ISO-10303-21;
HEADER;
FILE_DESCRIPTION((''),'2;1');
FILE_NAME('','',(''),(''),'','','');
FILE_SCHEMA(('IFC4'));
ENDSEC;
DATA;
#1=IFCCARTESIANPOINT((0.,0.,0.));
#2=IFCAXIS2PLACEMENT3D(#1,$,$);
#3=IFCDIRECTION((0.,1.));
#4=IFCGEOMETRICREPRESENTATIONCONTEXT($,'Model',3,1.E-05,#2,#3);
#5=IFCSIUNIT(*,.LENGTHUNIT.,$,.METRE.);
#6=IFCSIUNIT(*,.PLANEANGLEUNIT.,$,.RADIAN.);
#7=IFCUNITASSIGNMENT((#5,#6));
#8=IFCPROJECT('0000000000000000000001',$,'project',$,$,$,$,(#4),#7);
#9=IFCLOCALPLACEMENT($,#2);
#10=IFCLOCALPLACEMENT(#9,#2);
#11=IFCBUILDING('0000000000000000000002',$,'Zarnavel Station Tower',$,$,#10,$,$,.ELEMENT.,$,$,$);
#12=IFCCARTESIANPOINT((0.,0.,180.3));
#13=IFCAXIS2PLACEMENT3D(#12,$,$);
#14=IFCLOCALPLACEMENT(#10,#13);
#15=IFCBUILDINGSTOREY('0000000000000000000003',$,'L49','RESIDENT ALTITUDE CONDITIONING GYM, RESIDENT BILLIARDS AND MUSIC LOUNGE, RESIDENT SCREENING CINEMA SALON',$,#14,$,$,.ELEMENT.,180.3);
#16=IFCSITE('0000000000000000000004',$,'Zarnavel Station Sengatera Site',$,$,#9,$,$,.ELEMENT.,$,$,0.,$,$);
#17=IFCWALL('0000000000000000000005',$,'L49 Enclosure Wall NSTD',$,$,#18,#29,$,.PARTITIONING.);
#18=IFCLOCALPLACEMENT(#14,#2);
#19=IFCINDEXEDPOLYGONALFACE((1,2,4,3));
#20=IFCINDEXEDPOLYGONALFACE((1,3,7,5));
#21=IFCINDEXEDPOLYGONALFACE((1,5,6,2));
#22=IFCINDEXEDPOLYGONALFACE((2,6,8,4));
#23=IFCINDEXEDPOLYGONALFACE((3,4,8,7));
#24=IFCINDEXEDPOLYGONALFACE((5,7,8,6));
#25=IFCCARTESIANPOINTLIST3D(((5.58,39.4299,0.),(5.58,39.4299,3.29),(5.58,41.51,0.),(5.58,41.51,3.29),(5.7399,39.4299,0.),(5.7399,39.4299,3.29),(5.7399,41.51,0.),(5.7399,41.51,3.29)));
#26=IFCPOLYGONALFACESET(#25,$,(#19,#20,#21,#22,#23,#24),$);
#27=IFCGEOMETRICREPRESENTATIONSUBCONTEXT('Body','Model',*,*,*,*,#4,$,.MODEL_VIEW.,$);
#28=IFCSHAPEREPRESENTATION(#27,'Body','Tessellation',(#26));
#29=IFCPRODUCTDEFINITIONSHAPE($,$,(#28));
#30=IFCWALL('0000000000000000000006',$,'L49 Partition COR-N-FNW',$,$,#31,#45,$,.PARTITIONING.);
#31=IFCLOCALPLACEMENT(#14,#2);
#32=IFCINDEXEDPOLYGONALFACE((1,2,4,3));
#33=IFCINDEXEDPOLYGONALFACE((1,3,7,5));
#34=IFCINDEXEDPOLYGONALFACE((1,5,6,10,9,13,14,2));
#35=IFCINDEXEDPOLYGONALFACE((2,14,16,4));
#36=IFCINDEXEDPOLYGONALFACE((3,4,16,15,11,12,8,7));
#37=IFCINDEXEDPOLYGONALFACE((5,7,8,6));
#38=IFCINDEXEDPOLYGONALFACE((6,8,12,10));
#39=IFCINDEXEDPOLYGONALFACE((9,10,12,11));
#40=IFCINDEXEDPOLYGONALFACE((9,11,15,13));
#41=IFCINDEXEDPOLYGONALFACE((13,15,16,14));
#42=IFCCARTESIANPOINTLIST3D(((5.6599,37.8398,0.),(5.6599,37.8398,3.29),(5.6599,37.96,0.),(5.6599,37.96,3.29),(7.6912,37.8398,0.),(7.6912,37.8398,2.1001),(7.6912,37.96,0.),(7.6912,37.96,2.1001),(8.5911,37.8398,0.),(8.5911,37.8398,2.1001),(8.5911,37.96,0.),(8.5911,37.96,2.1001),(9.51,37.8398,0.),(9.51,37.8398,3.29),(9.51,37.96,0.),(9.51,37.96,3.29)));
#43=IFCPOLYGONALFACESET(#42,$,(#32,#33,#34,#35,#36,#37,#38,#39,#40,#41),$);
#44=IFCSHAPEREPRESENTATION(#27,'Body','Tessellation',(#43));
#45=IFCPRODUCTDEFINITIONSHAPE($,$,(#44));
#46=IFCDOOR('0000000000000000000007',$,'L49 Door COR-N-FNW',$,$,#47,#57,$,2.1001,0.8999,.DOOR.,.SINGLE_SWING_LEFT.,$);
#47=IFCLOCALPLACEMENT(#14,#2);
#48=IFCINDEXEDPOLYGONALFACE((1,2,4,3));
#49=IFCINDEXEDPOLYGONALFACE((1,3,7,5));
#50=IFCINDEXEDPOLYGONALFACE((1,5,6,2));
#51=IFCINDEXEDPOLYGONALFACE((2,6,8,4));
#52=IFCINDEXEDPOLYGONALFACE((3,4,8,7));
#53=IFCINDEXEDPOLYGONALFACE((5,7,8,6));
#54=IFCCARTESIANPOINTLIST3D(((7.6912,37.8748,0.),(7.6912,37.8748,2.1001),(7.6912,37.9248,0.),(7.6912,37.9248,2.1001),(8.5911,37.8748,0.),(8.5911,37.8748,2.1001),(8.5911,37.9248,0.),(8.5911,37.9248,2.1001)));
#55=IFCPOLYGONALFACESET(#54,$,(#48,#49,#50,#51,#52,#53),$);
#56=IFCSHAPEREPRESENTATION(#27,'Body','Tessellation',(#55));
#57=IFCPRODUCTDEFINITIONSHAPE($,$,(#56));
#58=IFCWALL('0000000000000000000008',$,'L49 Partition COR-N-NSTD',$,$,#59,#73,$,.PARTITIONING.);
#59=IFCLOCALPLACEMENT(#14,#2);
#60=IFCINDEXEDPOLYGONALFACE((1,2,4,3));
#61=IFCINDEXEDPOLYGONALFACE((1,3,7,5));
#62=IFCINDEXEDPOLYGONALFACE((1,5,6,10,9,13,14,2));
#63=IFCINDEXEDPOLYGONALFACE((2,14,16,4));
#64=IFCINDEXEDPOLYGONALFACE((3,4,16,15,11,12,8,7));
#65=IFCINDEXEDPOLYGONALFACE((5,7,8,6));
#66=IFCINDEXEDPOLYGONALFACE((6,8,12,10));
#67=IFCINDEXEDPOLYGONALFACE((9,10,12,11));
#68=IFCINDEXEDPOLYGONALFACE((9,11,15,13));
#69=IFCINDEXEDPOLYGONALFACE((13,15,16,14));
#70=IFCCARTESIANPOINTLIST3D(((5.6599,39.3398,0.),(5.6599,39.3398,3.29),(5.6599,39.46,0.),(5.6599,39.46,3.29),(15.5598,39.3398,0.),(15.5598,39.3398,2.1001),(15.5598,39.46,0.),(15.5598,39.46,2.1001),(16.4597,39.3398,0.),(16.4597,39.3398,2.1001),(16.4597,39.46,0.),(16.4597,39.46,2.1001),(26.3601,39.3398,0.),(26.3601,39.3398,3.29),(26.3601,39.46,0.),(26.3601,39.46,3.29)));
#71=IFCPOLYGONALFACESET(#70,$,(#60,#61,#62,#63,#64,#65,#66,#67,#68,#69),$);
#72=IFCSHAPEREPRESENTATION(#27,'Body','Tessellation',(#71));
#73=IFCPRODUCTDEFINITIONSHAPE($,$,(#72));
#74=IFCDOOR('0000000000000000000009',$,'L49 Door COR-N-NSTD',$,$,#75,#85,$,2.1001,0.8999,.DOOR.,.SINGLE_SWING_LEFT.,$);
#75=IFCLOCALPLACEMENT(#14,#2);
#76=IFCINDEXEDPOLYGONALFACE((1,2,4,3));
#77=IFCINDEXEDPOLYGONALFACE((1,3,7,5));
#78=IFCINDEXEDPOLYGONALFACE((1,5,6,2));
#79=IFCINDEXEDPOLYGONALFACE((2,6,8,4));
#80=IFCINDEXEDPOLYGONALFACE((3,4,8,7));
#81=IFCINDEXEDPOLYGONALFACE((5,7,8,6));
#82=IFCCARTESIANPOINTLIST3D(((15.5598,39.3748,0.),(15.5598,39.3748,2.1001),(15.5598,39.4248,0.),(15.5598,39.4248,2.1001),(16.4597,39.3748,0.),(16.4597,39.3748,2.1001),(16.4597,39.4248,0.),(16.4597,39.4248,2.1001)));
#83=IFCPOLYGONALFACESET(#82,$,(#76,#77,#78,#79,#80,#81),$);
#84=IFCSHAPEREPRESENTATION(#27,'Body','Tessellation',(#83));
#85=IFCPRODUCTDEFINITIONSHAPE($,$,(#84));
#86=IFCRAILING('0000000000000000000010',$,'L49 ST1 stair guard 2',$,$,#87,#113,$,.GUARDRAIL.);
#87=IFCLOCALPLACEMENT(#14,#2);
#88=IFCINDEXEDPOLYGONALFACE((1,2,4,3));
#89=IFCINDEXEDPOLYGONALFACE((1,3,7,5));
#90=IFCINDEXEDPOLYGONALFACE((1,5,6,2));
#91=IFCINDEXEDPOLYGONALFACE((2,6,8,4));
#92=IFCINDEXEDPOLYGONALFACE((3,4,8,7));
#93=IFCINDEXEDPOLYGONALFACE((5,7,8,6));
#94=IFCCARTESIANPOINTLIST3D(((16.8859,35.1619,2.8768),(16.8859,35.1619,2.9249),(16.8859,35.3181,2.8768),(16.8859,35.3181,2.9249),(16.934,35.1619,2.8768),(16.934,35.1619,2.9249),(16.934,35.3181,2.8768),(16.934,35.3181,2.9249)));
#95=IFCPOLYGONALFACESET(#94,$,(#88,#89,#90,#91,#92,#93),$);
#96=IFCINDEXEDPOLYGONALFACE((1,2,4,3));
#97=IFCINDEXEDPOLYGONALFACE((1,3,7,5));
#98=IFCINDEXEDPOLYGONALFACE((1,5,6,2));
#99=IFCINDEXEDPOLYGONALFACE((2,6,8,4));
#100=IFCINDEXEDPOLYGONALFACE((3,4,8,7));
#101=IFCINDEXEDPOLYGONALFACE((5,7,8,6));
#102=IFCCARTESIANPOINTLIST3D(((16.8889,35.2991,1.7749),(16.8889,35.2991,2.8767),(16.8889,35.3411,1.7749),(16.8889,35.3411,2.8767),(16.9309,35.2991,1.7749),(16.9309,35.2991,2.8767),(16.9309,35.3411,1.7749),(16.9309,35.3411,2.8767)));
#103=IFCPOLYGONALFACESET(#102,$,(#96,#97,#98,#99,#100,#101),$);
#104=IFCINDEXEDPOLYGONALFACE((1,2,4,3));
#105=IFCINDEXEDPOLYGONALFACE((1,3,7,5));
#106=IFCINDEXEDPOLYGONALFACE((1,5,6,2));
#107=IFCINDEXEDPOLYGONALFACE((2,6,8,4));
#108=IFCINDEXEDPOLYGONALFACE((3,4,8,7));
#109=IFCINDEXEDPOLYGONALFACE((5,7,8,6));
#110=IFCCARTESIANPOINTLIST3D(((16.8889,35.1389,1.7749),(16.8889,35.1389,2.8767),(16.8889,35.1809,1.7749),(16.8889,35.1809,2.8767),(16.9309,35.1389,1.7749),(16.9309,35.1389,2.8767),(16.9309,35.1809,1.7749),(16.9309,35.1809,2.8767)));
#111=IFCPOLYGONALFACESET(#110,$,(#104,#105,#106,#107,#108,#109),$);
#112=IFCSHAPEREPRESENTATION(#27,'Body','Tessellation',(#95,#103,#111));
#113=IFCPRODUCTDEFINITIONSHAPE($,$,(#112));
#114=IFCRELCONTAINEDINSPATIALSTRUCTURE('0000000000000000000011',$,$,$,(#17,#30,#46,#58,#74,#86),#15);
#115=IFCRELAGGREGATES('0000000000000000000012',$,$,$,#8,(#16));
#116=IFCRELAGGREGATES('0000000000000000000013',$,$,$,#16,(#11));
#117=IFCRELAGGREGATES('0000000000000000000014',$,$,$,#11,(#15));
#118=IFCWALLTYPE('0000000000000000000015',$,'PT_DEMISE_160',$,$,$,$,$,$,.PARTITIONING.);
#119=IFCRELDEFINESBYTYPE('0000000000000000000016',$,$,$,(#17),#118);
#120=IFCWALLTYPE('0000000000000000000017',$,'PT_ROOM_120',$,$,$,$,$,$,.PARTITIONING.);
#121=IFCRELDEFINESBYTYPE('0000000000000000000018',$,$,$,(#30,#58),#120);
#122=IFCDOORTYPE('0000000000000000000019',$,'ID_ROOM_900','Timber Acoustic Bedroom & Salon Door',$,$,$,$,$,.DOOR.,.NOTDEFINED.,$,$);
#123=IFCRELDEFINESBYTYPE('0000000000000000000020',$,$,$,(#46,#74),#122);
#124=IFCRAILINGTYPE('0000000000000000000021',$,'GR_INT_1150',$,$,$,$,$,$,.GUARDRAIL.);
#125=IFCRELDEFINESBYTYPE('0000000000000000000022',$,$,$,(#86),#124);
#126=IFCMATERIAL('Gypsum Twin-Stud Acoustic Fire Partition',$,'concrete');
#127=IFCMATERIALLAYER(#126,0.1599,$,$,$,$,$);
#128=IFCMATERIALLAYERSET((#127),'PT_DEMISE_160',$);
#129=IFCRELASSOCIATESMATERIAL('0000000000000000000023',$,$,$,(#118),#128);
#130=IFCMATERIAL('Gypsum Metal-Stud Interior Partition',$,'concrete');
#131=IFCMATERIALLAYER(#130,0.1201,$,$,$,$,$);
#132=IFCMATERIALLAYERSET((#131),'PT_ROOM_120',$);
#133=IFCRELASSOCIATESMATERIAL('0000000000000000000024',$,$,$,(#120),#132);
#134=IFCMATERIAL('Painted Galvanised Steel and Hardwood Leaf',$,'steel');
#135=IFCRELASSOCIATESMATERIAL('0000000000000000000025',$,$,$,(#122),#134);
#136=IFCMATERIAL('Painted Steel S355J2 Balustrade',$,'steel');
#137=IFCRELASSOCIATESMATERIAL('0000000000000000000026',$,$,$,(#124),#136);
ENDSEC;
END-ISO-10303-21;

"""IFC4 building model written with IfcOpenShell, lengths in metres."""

from ifc_helpers import new_model, si_unit, direction, frame, frame_2d, origin, origin_2d, place, context, subcontext, project, spatial, rectangle, extrude, material, layer, layer_set, type_object, element, fill, save


model = new_model("IFC4")

# Units and contexts
model_context = context("Model", 3, precision=1e-05, world=origin(), true_north=direction((0.0, 1.0)))
body_context = subcontext(model_context, "Body", "Model", "MODEL_VIEW")
ifc_project = project(units=[si_unit("LENGTHUNIT", "METRE"), si_unit("PLANEANGLEUNIT", "RADIAN")], contexts=[model_context])

# Site, building, storey
site_placement = place(None, origin())
site = spatial("IfcSite", under=ifc_project, at=site_placement, Name="Zarnavel Station Sengatera Site", CompositionType="ELEMENT", RefElevation=0.0)
building_placement = place(site_placement, origin())
building = spatial("IfcBuilding", under=site, at=building_placement, Name="Zarnavel Station Tower", CompositionType="ELEMENT")
storey_placement = place(building_placement, frame((0.0, 0.0, 180.3)))
storey = spatial("IfcBuildingStorey", under=building, at=storey_placement, Name="L49", Description="RESIDENT ALTITUDE CONDITIONING GYM, RESIDENT BILLIARDS AND MUSIC LOUNGE, RESIDENT SCREENING CINEMA SALON", CompositionType="ELEMENT", Elevation=180.3)

# Wall
ifc_material_1 = material(Name="Gypsum Twin-Stud Acoustic Fire Partition", Category="concrete")
ifc_layer_1 = layer(ifc_material_1, 0.1599)
ifc_layer_set_1 = layer_set([ifc_layer_1], Name="PT_DEMISE_160")
wall_type_1 = type_object("IfcWallType", Name="PT_DEMISE_160", PredefinedType="PARTITIONING", material=ifc_layer_set_1)
wall_1_placement = place(storey_placement, frame((5.6599, 39.4299, 0.0), z_axis=(0.0, 0.0, 1.0), x_axis=(0.0, 1.0, 0.0)))
element("IfcWall", 1, at=wall_1_placement, inside=storey, type_object=wall_type_1, Name="L49 Enclosure Wall NSTD", PredefinedType="PARTITIONING", context=body_context, shape_type="SweptSolid", body=[
    extrude(rectangle(XDim=2.0801, YDim=0.1599, at=frame_2d((1.04, 0.0))), origin(), (0.0, 0.0, 1.0), 3.29),
])

# Walls, openings, doors
ifc_material_2 = material(Name="Gypsum Metal-Stud Interior Partition", Category="concrete")
ifc_layer_2 = layer(ifc_material_2, 0.1201)
ifc_layer_set_2 = layer_set([ifc_layer_2], Name="PT_ROOM_120")
wall_type_2 = type_object("IfcWallType", Name="PT_ROOM_120", PredefinedType="PARTITIONING", material=ifc_layer_set_2)
wall_2_placement = place(storey_placement, frame((5.6599, 37.8999, 0.0), z_axis=(0.0, 0.0, 1.0), x_axis=(1.0, 0.0, 0.0)))
wall_2 = element("IfcWall", 2, at=wall_2_placement, inside=storey, type_object=wall_type_2, Name="L49 Partition COR-N-FNW", PredefinedType="PARTITIONING", context=body_context, shape_type="SweptSolid", body=[
    extrude(rectangle(XDim=3.8501, YDim=0.1201, at=frame_2d((1.925, 0.0))), origin(), (0.0, 0.0, 1.0), 3.29),
])
opening_1_placement = place(wall_2_placement, frame((2.0312, 0.0, 0.0)))
opening_1 = element("IfcOpeningElement", 3, at=opening_1_placement, cuts=wall_2, PredefinedType="OPENING", context=body_context, shape_type="SweptSolid", body=[
    extrude(rectangle(XDim=0.8999, YDim=2.1001, at=frame_2d((0.45, 1.05))), frame((0.0, 0.0701, 0.0), z_axis=(0.0, -1.0, 0.0), x_axis=(1.0, 0.0, 0.0)), (0.0, 0.0, 1.0), 0.1401),
])
ifc_material_3 = material(Name="Painted Galvanised Steel and Hardwood Leaf", Category="steel")
door_type = type_object("IfcDoorType", Name="ID_ROOM_900", Description="Timber Acoustic Bedroom & Salon Door", OperationType="NOTDEFINED", PredefinedType="DOOR", material=ifc_material_3)
door_1_placement = place(opening_1_placement, origin())
door_1 = element("IfcDoor", 4, at=door_1_placement, inside=storey, type_object=door_type, Name="L49 Door COR-N-FNW", OperationType="SINGLE_SWING_LEFT", OverallHeight=2.1001, OverallWidth=0.8999, PredefinedType="DOOR", context=body_context, shape_type="SweptSolid", body=[
    extrude(rectangle(XDim=0.8999, YDim=2.1001, at=frame_2d((0.45, 1.05))), frame((0.0, 0.0249, 0.0), z_axis=(0.0, -1.0, 0.0), x_axis=(1.0, 0.0, 0.0)), (0.0, 0.0, 1.0), 0.05),
])
fill(opening_1, door_1)
wall_3_placement = place(storey_placement, frame((5.6599, 39.3999, 0.0), z_axis=(0.0, 0.0, 1.0), x_axis=(1.0, 0.0, 0.0)))
wall_3 = element("IfcWall", 5, at=wall_3_placement, inside=storey, type_object=wall_type_2, Name="L49 Partition COR-N-NSTD", PredefinedType="PARTITIONING", context=body_context, shape_type="SweptSolid", body=[
    extrude(rectangle(XDim=20.7002, YDim=0.1201, at=frame_2d((10.3501, 0.0))), origin(), (0.0, 0.0, 1.0), 3.29),
])
opening_2_placement = place(wall_3_placement, frame((9.8999, 0.0, 0.0)))
opening_2 = element("IfcOpeningElement", 6, at=opening_2_placement, cuts=wall_3, PredefinedType="OPENING", context=body_context, shape_type="SweptSolid", body=[
    extrude(rectangle(XDim=0.8999, YDim=2.1001, at=frame_2d((0.45, 1.05))), frame((0.0, 0.0701, 0.0), z_axis=(0.0, -1.0, 0.0), x_axis=(1.0, 0.0, 0.0)), (0.0, 0.0, 1.0), 0.1401),
])
door_2_placement = place(opening_2_placement, origin())
door_2 = element("IfcDoor", 7, at=door_2_placement, inside=storey, type_object=door_type, Name="L49 Door COR-N-NSTD", OperationType="SINGLE_SWING_LEFT", OverallHeight=2.1001, OverallWidth=0.8999, PredefinedType="DOOR", context=body_context, shape_type="SweptSolid", body=[
    extrude(rectangle(XDim=0.8999, YDim=2.1001, at=frame_2d((0.45, 1.05))), frame((0.0, 0.0249, 0.0), z_axis=(0.0, -1.0, 0.0), x_axis=(1.0, 0.0, 0.0)), (0.0, 0.0, 1.0), 0.05),
])
fill(opening_2, door_2)

# Railing
ifc_material_4 = material(Name="Painted Steel S355J2 Balustrade", Category="steel")
railing_type = type_object("IfcRailingType", Name="GR_INT_1150", PredefinedType="GUARDRAIL", material=ifc_material_4)
railing_placement = place(storey_placement, frame((16.9099, 35.3201, 1.7749)))
element("IfcRailing", 8, at=railing_placement, inside=storey, type_object=railing_type, Name="L49 ST1 stair guard 2", PredefinedType="GUARDRAIL", context=body_context, shape_type="SweptSolid", body=[
    extrude(rectangle(XDim=0.0481, YDim=0.0481, at=origin_2d()), frame((0.0, -0.002, 1.126), z_axis=(0.0, -1.0, 0.0), x_axis=(1.0, 0.0, 0.0)), (0.0, 0.0, 1.0), 0.1562),
    extrude(rectangle(XDim=0.042, YDim=0.042, at=origin_2d()), origin(), (0.0, 0.0, 1.0), 1.1018),
    extrude(rectangle(XDim=0.042, YDim=0.042, at=origin_2d()), frame((0.0, -0.1602, 0.0)), (0.0, 0.0, 1.0), 1.1018),
])

save(model, "model.ifc")
